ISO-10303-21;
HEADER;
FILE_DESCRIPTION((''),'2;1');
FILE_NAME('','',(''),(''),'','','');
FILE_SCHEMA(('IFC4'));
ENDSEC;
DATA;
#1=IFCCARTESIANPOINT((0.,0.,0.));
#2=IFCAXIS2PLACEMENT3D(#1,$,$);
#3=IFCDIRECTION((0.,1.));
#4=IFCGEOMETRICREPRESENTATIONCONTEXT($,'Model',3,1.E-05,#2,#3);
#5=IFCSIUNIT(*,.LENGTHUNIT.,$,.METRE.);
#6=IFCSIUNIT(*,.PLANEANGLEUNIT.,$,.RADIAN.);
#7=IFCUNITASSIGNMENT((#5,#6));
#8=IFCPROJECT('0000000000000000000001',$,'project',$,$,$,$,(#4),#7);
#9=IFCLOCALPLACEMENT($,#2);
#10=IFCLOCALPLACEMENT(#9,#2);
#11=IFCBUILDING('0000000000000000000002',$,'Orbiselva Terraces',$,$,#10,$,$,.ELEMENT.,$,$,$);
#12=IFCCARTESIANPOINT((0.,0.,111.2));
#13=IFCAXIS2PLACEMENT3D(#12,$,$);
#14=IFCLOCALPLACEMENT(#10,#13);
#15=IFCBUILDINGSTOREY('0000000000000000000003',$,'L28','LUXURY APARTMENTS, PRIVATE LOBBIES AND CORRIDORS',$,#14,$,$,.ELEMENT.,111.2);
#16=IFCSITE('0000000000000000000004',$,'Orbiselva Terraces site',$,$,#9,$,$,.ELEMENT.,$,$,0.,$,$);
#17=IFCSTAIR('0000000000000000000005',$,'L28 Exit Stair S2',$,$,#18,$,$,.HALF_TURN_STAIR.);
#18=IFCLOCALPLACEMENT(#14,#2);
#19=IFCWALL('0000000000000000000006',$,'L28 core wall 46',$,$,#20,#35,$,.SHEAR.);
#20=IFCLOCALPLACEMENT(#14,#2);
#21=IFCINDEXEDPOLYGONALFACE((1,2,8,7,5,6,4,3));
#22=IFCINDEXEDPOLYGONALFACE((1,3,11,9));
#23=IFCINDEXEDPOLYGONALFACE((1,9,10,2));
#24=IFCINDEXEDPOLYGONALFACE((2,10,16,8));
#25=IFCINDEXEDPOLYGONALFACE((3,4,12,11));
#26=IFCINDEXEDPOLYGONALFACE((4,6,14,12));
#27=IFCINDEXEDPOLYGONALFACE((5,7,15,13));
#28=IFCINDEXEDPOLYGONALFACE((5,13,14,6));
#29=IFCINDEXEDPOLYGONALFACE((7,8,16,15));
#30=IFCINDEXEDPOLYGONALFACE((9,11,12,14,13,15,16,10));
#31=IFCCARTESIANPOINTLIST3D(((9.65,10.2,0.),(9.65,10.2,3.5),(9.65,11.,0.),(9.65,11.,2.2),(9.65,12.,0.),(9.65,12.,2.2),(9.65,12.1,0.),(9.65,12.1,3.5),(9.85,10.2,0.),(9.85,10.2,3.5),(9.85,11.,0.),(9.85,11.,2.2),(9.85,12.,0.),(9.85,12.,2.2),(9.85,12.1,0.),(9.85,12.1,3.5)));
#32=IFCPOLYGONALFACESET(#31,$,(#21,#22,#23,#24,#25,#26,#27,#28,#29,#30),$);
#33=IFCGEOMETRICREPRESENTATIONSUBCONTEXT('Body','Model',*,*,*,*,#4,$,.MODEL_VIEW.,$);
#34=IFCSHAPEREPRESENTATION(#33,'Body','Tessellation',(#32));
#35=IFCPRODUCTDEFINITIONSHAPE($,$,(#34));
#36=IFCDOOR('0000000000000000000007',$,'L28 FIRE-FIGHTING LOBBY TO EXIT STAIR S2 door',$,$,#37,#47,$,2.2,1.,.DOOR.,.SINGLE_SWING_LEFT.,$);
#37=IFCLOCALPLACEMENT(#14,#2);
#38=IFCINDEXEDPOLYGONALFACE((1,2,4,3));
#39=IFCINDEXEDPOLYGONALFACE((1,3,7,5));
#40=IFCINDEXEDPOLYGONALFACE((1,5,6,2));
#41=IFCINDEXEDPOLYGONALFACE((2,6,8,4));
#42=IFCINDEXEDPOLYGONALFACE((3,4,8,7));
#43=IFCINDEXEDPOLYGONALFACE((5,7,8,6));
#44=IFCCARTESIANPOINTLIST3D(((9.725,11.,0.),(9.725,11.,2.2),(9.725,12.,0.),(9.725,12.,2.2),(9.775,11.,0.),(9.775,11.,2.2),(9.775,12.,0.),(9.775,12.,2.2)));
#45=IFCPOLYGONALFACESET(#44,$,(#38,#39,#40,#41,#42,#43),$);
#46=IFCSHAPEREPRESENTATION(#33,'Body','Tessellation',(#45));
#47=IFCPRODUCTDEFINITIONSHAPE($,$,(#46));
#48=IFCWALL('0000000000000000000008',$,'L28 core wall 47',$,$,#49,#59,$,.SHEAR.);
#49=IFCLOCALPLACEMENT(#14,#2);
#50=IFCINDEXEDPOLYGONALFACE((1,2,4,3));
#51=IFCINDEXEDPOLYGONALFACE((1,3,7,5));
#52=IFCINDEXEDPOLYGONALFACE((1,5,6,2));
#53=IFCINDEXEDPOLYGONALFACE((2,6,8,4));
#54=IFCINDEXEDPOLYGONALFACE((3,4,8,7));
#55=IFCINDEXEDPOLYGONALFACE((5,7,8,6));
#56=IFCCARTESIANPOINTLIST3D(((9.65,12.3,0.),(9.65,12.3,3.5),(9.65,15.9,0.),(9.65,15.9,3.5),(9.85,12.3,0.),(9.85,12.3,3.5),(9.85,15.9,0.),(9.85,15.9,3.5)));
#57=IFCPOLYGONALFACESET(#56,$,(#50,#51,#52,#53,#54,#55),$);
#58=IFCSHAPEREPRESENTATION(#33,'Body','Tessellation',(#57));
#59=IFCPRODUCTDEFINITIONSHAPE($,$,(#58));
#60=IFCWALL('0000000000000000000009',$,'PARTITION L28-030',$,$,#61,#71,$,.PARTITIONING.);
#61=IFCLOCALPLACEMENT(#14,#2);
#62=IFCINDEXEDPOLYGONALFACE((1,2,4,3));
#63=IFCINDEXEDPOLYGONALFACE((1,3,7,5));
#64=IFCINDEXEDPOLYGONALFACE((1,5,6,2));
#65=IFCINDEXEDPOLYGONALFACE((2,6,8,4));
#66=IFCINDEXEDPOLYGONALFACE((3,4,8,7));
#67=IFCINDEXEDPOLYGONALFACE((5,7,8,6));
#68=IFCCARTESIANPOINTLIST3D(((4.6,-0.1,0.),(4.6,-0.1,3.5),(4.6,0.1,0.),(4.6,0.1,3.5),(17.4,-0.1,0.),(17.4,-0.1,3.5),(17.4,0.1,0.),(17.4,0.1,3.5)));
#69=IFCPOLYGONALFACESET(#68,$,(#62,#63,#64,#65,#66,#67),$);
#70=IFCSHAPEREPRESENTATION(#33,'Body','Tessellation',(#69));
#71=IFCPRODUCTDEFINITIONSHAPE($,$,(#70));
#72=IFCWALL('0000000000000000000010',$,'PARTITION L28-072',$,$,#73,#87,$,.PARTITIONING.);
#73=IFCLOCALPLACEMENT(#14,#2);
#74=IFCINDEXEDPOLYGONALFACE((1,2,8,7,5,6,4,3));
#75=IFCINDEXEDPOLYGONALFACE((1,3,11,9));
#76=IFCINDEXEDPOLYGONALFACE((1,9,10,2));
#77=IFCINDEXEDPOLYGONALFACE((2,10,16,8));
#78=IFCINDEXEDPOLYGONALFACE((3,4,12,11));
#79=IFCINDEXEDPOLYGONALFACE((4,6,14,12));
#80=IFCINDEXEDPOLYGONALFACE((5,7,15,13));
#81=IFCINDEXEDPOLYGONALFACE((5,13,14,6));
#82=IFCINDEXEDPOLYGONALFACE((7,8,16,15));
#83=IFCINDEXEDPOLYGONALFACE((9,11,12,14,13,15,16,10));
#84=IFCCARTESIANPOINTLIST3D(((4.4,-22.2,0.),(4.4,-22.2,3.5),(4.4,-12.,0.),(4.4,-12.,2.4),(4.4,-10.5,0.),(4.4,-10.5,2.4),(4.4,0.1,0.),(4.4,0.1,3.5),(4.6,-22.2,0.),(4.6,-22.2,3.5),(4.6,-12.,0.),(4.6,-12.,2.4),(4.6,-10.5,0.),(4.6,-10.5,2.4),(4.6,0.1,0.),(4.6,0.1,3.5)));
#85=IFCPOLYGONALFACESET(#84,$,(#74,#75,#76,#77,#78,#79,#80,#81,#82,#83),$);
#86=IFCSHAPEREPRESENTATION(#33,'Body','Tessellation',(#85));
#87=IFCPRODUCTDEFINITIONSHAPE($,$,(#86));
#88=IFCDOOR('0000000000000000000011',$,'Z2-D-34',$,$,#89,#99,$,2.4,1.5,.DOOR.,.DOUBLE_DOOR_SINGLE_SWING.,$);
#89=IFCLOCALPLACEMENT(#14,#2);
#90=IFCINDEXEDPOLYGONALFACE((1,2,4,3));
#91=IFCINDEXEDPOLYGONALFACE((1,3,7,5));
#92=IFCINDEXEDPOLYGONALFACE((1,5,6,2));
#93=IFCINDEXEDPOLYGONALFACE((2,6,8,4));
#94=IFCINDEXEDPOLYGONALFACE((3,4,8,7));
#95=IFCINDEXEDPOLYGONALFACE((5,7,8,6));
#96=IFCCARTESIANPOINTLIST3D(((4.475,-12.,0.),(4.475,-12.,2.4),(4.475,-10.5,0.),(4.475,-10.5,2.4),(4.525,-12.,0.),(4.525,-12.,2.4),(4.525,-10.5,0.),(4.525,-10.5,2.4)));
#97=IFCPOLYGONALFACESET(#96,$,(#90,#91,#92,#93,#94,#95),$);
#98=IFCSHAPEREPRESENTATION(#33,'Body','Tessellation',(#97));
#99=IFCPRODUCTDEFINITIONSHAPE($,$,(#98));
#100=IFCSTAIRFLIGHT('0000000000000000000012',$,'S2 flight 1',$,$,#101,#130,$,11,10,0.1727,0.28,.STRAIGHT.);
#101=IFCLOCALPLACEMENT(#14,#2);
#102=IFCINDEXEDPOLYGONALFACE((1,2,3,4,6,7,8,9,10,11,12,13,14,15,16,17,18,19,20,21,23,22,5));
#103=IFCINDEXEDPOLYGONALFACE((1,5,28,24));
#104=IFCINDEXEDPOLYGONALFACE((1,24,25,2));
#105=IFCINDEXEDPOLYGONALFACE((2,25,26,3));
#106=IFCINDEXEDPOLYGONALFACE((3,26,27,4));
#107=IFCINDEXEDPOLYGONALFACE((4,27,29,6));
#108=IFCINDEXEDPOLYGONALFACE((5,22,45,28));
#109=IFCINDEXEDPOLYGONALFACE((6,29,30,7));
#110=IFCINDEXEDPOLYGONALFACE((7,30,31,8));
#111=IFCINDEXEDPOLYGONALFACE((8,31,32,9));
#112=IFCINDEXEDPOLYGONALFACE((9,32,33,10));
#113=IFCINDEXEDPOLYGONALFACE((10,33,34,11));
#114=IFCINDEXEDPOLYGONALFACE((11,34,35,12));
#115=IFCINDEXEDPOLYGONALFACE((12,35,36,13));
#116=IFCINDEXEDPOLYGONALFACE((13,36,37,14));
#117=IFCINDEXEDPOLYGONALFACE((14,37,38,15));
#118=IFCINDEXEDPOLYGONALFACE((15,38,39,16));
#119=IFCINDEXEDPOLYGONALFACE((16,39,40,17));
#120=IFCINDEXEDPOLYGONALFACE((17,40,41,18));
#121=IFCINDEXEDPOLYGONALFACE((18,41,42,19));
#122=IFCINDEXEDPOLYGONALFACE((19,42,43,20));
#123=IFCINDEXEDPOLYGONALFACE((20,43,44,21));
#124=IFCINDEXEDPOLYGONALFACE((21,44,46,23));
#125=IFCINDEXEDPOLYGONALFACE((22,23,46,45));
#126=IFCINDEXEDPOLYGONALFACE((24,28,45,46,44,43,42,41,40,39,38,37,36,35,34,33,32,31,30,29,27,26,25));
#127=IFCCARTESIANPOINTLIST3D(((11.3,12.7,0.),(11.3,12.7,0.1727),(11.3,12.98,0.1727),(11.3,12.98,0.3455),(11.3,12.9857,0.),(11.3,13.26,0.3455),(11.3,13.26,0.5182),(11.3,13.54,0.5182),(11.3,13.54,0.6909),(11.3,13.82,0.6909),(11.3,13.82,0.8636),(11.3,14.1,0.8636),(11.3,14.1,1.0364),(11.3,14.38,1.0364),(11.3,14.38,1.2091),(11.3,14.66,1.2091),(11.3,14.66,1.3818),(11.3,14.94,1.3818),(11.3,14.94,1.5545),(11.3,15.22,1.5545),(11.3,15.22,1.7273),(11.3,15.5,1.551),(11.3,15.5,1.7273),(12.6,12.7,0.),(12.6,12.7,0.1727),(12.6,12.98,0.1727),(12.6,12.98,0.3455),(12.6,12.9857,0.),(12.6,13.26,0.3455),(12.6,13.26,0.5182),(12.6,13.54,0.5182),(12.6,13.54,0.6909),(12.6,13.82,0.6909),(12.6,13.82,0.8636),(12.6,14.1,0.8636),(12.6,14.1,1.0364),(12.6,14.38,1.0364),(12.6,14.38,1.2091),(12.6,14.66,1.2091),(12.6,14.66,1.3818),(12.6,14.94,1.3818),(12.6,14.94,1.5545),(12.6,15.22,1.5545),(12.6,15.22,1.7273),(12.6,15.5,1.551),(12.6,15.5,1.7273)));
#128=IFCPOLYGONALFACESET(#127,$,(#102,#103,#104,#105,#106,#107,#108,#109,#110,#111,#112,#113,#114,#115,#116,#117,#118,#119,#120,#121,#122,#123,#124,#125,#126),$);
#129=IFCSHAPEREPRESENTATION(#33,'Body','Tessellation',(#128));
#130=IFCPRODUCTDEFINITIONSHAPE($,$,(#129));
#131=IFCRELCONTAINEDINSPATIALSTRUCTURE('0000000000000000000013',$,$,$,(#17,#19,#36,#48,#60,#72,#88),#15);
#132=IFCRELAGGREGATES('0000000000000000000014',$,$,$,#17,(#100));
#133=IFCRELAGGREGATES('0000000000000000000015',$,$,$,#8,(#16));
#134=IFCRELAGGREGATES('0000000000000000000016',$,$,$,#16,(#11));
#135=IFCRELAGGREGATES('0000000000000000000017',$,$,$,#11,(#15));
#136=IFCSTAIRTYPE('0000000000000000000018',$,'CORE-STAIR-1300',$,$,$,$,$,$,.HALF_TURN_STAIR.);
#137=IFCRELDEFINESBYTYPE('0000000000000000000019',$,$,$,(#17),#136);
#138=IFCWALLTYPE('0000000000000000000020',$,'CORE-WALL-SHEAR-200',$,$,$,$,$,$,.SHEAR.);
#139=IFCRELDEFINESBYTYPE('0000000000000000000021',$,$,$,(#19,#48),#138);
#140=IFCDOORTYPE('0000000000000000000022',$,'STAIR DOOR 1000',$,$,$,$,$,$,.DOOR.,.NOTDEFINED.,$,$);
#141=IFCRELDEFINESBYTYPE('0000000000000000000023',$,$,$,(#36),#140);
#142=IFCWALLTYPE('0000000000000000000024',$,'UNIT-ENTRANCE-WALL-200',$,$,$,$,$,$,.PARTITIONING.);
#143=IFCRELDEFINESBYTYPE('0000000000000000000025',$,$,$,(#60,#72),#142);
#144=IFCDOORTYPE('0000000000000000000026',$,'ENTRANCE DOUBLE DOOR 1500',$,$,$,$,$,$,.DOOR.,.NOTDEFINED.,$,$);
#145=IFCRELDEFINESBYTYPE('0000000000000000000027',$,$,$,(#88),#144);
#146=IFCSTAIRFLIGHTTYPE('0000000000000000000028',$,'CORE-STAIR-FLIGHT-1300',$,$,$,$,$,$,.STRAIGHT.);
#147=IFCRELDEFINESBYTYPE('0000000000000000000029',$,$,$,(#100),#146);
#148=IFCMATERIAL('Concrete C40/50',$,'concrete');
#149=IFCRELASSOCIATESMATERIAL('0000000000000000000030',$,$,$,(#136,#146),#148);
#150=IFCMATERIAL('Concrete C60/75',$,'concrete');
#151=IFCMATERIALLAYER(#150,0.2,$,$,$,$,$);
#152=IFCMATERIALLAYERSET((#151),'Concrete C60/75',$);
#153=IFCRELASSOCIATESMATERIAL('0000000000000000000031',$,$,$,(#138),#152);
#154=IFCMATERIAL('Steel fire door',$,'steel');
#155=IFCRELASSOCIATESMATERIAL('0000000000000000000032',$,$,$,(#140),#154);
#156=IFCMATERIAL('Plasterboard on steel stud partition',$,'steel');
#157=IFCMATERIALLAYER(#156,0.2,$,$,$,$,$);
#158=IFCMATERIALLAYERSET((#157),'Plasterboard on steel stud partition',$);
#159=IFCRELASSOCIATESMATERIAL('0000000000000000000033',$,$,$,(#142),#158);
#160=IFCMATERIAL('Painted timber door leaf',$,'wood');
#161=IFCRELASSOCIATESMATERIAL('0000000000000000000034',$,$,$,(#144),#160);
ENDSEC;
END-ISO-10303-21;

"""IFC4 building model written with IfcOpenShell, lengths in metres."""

from ifc_helpers import new_model, si_unit, direction, frame, frame_2d, origin, place, context, subcontext, project, spatial, polyline, rectangle, outline, extrude, material, layer, layer_set, type_object, element, fill, aggregate, save


model = new_model("IFC4")

# Units and contexts
model_context = context("Model", 3, precision=1e-05, world=origin(), true_north=direction((0.0, 1.0)))
body_context = subcontext(model_context, "Body", "Model", "MODEL_VIEW")
ifc_project = project(units=[si_unit("LENGTHUNIT", "METRE"), si_unit("PLANEANGLEUNIT", "RADIAN")], contexts=[model_context])

# Site, building, storey
site_placement = place(None, origin())
site = spatial("IfcSite", under=ifc_project, at=site_placement, Name="Orbiselva Terraces site", CompositionType="ELEMENT", RefElevation=0.0)
building_placement = place(site_placement, origin())
building = spatial("IfcBuilding", under=site, at=building_placement, Name="Orbiselva Terraces", CompositionType="ELEMENT")
storey_placement = place(building_placement, frame((0.0, 0.0, 111.2)))
storey = spatial("IfcBuildingStorey", under=building, at=storey_placement, Name="L28", Description="LUXURY APARTMENTS, PRIVATE LOBBIES AND CORRIDORS", CompositionType="ELEMENT", Elevation=111.2)

# Stair
ifc_material_1 = material(Name="Concrete C40/50", Category="concrete")
stair_type_1 = type_object("IfcStairType", Name="CORE-STAIR-1300", PredefinedType="HALF_TURN_STAIR", material=ifc_material_1)
stair_1_placement = place(storey_placement, origin())
stair_1 = element("IfcStair", 1, at=stair_1_placement, inside=storey, type_object=stair_type_1, Name="L28 Exit Stair S2", PredefinedType="HALF_TURN_STAIR")

# Shared definitions
ifc_material_2 = material(Name="Concrete C60/75", Category="concrete")
ifc_layer_1 = layer(ifc_material_2, 0.2)
ifc_layer_set_1 = layer_set([ifc_layer_1], Name="Concrete C60/75")
wall_type_1 = type_object("IfcWallType", Name="CORE-WALL-SHEAR-200", PredefinedType="SHEAR", material=ifc_layer_set_1)

# Wall, opening, door
wall_1_placement = place(storey_placement, frame((9.75, 12.1, 0.0), z_axis=(0.0, 0.0, 1.0), x_axis=(0.0, -1.0, 0.0)))
wall_1 = element("IfcWall", 2, at=wall_1_placement, inside=storey, type_object=wall_type_1, Name="L28 core wall 46", PredefinedType="SHEAR", context=body_context, shape_type="SweptSolid", body=[
    extrude(rectangle(XDim=1.9, YDim=0.2, at=frame_2d((0.95, 0.0))), origin(), (0.0, 0.0, 1.0), 3.5),
])
opening_1_placement = place(wall_1_placement, frame((0.1, 0.0, 0.0)))
opening_1 = element("IfcOpeningElement", 3, at=opening_1_placement, cuts=wall_1, PredefinedType="OPENING", context=body_context, shape_type="SweptSolid", body=[
    extrude(rectangle(XDim=1.0, YDim=2.2, at=frame_2d((0.5, 1.1))), frame((0.0, 0.11, 0.0), z_axis=(0.0, -1.0, 0.0), x_axis=(1.0, 0.0, 0.0)), (0.0, 0.0, 1.0), 0.22),
])
ifc_material_3 = material(Name="Steel fire door", Category="steel")
door_type_1 = type_object("IfcDoorType", Name="STAIR DOOR 1000", OperationType="NOTDEFINED", PredefinedType="DOOR", material=ifc_material_3)
door_1_placement = place(opening_1_placement, origin())
door_1 = element("IfcDoor", 4, at=door_1_placement, inside=storey, type_object=door_type_1, Name="L28 FIRE-FIGHTING LOBBY TO EXIT STAIR S2 door", OperationType="SINGLE_SWING_LEFT", OverallHeight=2.2, OverallWidth=1.0, PredefinedType="DOOR", context=body_context, shape_type="SweptSolid", body=[
    extrude(rectangle(XDim=1.0, YDim=2.2, at=frame_2d((0.5, 1.1))), frame((0.0, 0.025, 0.0), z_axis=(0.0, -1.0, 0.0), x_axis=(1.0, 0.0, 0.0)), (0.0, 0.0, 1.0), 0.05),
])
fill(opening_1, door_1)

# Walls
wall_2_placement = place(storey_placement, frame((9.75, 12.3, 0.0), z_axis=(0.0, 0.0, 1.0), x_axis=(0.0, 1.0, 0.0)))
element("IfcWall", 5, at=wall_2_placement, inside=storey, type_object=wall_type_1, Name="L28 core wall 47", PredefinedType="SHEAR", context=body_context, shape_type="SweptSolid", body=[
    extrude(rectangle(XDim=3.6, YDim=0.2, at=frame_2d((1.8, 0.0))), origin(), (0.0, 0.0, 1.0), 3.5),
])
ifc_material_4 = material(Name="Plasterboard on steel stud partition", Category="steel")
ifc_layer_2 = layer(ifc_material_4, 0.2)
ifc_layer_set_2 = layer_set([ifc_layer_2], Name="Plasterboard on steel stud partition")
wall_type_2 = type_object("IfcWallType", Name="UNIT-ENTRANCE-WALL-200", PredefinedType="PARTITIONING", material=ifc_layer_set_2)
wall_3_placement = place(storey_placement, frame((4.6, 0.0, 0.0), z_axis=(0.0, 0.0, 1.0), x_axis=(1.0, 0.0, 0.0)))
element("IfcWall", 6, at=wall_3_placement, inside=storey, type_object=wall_type_2, Name="PARTITION L28-030", PredefinedType="PARTITIONING", context=body_context, shape_type="SweptSolid", body=[
    extrude(rectangle(XDim=12.8, YDim=0.2, at=frame_2d((6.4, 0.0))), origin(), (0.0, 0.0, 1.0), 3.5),
])

# Wall, opening, door
wall_4_placement = place(storey_placement, frame((4.5, 0.1, 0.0), z_axis=(0.0, 0.0, 1.0), x_axis=(0.0, -1.0, 0.0)))
wall_4 = element("IfcWall", 7, at=wall_4_placement, inside=storey, type_object=wall_type_2, Name="PARTITION L28-072", PredefinedType="PARTITIONING", context=body_context, shape_type="SweptSolid", body=[
    extrude(rectangle(XDim=22.3, YDim=0.2, at=frame_2d((11.15, 0.0))), origin(), (0.0, 0.0, 1.0), 3.5),
])
opening_2_placement = place(wall_4_placement, frame((10.6, 0.0, 0.0)))
opening_2 = element("IfcOpeningElement", 8, at=opening_2_placement, cuts=wall_4, PredefinedType="OPENING", context=body_context, shape_type="SweptSolid", body=[
    extrude(rectangle(XDim=1.5, YDim=2.4, at=frame_2d((0.75, 1.2))), frame((0.0, 0.11, 0.0), z_axis=(0.0, -1.0, 0.0), x_axis=(1.0, 0.0, 0.0)), (0.0, 0.0, 1.0), 0.22),
])
ifc_material_5 = material(Name="Painted timber door leaf", Category="wood")
door_type_2 = type_object("IfcDoorType", Name="ENTRANCE DOUBLE DOOR 1500", OperationType="NOTDEFINED", PredefinedType="DOOR", material=ifc_material_5)
door_2_placement = place(opening_2_placement, origin())
door_2 = element("IfcDoor", 9, at=door_2_placement, inside=storey, type_object=door_type_2, Name="Z2-D-34", OperationType="DOUBLE_DOOR_SINGLE_SWING", OverallHeight=2.4, OverallWidth=1.5, PredefinedType="DOOR", context=body_context, shape_type="SweptSolid", body=[
    extrude(rectangle(XDim=1.5, YDim=2.4, at=frame_2d((0.75, 1.2))), frame((0.0, 0.025, 0.0), z_axis=(0.0, -1.0, 0.0), x_axis=(1.0, 0.0, 0.0)), (0.0, 0.0, 1.0), 0.05),
])
fill(opening_2, door_2)

# Stair flight
stair_flight_type = type_object("IfcStairFlightType", Name="CORE-STAIR-FLIGHT-1300", PredefinedType="STRAIGHT", material=ifc_material_1)
stair_flight_placement = place(storey_placement, frame((11.95, 12.7, 0.0), z_axis=(0.0, 0.0, 1.0), x_axis=(0.0, 1.0, 0.0)))
stair_flight = element("IfcStairFlight", 10, at=stair_flight_placement, type_object=stair_flight_type, Name="S2 flight 1", NumberOfRisers=11, NumberOfTreads=10, PredefinedType="STRAIGHT", RiserHeight=0.1727, TreadLength=0.28, context=body_context, shape_type="SweptSolid", body=[
    extrude(outline(polyline([(0.0, 0.0), (0.0, 0.1727), (0.28, 0.1727), (0.28, 0.3455), (0.56, 0.3455), (0.56, 0.5182), (0.84, 0.5182), (0.84, 0.6909), (1.12, 0.6909), (1.12, 0.8636), (1.4, 0.8636), (1.4, 1.0364), (1.68, 1.0364), (1.68, 1.2091), (1.96, 1.2091), (1.96, 1.3818), (2.24, 1.3818), (2.24, 1.5545), (2.52, 1.5545), (2.52, 1.7273), (2.8, 1.7273), (2.8, 1.9), (2.8, 1.551), (0.2857, 0.0), (0.0, 0.0)])), frame((0.0, 0.65, 0.0), z_axis=(0.0, -1.0, 0.0), x_axis=(1.0, 0.0, 0.0)), (0.0, 0.0, 1.0), 1.3),
])
aggregate(stair_1, [stair_flight])

save(model, "model.ifc")
